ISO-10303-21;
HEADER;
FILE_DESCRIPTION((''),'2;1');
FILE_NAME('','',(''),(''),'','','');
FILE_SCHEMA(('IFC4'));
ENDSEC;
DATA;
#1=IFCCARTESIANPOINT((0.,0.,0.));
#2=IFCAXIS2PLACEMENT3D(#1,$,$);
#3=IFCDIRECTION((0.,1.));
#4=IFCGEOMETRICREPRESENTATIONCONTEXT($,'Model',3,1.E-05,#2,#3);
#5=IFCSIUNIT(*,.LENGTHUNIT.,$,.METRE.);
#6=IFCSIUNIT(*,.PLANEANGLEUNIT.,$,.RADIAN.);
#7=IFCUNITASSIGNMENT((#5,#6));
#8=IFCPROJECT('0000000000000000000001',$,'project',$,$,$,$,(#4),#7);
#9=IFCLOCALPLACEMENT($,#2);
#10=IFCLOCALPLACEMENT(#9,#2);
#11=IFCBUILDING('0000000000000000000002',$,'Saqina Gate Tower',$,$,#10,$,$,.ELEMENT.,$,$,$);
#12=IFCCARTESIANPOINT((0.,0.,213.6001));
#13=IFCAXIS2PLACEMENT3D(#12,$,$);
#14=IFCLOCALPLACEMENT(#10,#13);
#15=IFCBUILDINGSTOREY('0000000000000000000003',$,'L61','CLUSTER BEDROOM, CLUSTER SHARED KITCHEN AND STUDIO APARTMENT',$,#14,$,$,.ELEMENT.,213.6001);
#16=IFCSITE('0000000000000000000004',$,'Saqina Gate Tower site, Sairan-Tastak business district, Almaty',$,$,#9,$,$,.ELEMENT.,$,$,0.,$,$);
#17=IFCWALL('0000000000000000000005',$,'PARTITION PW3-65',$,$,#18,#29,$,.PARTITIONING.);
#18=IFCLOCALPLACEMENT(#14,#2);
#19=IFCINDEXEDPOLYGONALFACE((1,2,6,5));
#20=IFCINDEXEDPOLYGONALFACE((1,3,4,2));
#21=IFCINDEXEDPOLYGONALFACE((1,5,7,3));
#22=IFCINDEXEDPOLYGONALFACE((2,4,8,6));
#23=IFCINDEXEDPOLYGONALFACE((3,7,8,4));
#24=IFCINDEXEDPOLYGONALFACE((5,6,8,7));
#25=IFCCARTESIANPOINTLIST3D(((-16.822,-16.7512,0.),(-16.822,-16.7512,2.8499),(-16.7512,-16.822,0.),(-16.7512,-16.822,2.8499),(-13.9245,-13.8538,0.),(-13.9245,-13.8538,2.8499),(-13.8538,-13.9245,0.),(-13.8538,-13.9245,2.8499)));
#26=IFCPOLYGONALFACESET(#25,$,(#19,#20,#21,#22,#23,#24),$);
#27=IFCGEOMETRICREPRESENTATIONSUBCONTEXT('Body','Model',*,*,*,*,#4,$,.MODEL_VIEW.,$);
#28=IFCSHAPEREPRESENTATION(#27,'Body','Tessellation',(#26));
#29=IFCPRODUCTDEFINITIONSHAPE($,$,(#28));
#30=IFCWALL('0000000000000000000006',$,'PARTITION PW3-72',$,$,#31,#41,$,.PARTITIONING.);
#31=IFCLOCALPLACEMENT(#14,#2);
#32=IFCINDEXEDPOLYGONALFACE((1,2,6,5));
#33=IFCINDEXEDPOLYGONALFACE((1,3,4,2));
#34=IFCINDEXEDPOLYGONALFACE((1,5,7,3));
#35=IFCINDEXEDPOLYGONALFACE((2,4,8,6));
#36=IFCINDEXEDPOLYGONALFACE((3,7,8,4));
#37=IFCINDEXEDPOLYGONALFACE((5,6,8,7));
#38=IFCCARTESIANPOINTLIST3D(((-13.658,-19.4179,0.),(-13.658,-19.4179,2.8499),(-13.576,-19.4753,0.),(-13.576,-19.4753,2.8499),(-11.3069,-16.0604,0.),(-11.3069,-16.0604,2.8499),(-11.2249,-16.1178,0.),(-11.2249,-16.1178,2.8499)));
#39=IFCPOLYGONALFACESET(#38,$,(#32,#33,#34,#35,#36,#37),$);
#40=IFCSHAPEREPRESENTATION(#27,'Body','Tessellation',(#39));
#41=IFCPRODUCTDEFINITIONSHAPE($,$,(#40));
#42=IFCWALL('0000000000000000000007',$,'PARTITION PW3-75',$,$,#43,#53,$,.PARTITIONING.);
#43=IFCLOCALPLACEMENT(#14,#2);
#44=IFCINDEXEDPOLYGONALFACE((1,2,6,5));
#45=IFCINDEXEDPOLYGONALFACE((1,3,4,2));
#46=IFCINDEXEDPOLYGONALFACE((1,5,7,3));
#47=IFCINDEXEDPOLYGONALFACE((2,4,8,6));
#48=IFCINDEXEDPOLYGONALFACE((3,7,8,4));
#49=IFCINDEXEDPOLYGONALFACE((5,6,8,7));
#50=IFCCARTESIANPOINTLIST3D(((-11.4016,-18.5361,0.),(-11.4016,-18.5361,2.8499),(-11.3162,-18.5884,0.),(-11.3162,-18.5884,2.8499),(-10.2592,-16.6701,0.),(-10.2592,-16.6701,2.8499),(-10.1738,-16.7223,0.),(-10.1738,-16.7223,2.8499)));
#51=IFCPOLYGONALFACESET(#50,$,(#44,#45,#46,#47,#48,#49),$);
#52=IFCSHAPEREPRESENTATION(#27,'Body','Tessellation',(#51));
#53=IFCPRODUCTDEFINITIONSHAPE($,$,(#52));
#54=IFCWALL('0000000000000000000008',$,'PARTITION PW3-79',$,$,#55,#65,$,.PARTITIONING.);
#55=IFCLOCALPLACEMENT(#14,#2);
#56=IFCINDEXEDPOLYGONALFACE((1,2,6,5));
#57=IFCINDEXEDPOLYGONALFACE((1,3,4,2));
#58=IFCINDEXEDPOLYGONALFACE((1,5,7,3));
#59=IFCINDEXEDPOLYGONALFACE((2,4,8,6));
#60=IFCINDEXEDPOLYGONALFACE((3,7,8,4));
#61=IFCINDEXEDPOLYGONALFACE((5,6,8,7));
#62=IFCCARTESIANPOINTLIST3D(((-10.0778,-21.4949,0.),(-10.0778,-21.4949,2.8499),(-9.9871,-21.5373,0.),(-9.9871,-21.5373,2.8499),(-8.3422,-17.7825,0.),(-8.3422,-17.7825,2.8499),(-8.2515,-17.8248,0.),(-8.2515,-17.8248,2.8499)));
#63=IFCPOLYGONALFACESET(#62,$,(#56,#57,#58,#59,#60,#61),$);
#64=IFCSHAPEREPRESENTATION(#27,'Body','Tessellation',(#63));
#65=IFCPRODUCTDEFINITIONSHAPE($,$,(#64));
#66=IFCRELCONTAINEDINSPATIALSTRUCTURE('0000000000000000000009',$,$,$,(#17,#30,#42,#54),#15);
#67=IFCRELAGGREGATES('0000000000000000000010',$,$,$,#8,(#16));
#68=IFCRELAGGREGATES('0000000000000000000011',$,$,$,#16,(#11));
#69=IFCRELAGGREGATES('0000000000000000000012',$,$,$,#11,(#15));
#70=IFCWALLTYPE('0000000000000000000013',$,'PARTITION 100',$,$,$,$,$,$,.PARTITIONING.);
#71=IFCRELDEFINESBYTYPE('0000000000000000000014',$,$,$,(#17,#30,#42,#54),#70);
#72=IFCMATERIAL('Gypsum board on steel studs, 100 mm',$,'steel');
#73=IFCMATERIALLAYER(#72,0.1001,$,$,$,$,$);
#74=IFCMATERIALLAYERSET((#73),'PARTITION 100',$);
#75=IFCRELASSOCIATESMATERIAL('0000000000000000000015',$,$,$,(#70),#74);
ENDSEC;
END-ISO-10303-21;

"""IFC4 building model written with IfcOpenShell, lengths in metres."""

from ifc_helpers import new_model, si_unit, direction, frame, frame_2d, origin, place, context, subcontext, project, spatial, rectangle, extrude, material, layer, layer_set, type_object, element, save


model = new_model("IFC4")

# Units and contexts
model_context = context("Model", 3, precision=1e-05, world=origin(), true_north=direction((0.0, 1.0)))
body_context = subcontext(model_context, "Body", "Model", "MODEL_VIEW")
ifc_project = project(units=[si_unit("LENGTHUNIT", "METRE"), si_unit("PLANEANGLEUNIT", "RADIAN")], contexts=[model_context])

# Site, building, storey
site_placement = place(None, origin())
site = spatial("IfcSite", under=ifc_project, at=site_placement, Name="Saqina Gate Tower site, Sairan-Tastak business district, Almaty", CompositionType="ELEMENT", RefElevation=0.0)
building_placement = place(site_placement, origin())
building = spatial("IfcBuilding", under=site, at=building_placement, Name="Saqina Gate Tower", CompositionType="ELEMENT")
storey_placement = place(building_placement, frame((0.0, 0.0, 213.6001)))
storey = spatial("IfcBuildingStorey", under=building, at=storey_placement, Name="L61", Description="CLUSTER BEDROOM, CLUSTER SHARED KITCHEN AND STUDIO APARTMENT", CompositionType="ELEMENT", Elevation=213.6001)

# Shared definitions
ifc_material_1 = material(Name="Gypsum board on steel studs, 100 mm", Category="steel")
ifc_layer_1 = layer(ifc_material_1, 0.1001)
ifc_layer_set_1 = layer_set([ifc_layer_1], Name="PARTITION 100")
wall_type_1 = type_object("IfcWallType", Name="PARTITION 100", PredefinedType="PARTITIONING", material=ifc_layer_set_1)

# Walls
wall_1_placement = place(storey_placement, frame((-16.7866, -16.7866, 0.0), z_axis=(0.0, 0.0, 1.0), x_axis=(0.707107, 0.707107, 0.0)))
element("IfcWall", 1, at=wall_1_placement, inside=storey, type_object=wall_type_1, Name="PARTITION PW3-65", PredefinedType="PARTITIONING", context=body_context, shape_type="SweptSolid", body=[
    extrude(rectangle(XDim=4.0977, YDim=0.1001, at=frame_2d((2.0488, 0.0))), origin(), (0.0, 0.0, 1.0), 2.8499),
])
wall_2_placement = place(storey_placement, frame((-13.6169, -19.4465, 0.0), z_axis=(0.0, 0.0, 1.0), x_axis=(0.573606, 0.819131, 0.0)))
element("IfcWall", 2, at=wall_2_placement, inside=storey, type_object=wall_type_1, Name="PARTITION PW3-72", PredefinedType="PARTITIONING", context=body_context, shape_type="SweptSolid", body=[
    extrude(rectangle(XDim=4.0989, YDim=0.1001, at=frame_2d((2.0493, 0.0))), origin(), (0.0, 0.0, 1.0), 2.8499),
])
wall_3_placement = place(storey_placement, frame((-11.3589, -18.5623, 0.0), z_axis=(0.0, 0.0, 1.0), x_axis=(0.522122, 0.852871, 0.0)))
element("IfcWall", 3, at=wall_3_placement, inside=storey, type_object=wall_type_1, Name="PARTITION PW3-75", PredefinedType="PARTITIONING", context=body_context, shape_type="SweptSolid", body=[
    extrude(rectangle(XDim=2.188, YDim=0.1001, at=frame_2d((1.094, 0.0))), origin(), (0.0, 0.0, 1.0), 2.8499),
])
wall_4_placement = place(storey_placement, frame((-10.0325, -21.5161, 0.0), z_axis=(0.0, 0.0, 1.0), x_axis=(0.423515, 0.905889, 0.0)))
element("IfcWall", 4, at=wall_4_placement, inside=storey, type_object=wall_type_1, Name="PARTITION PW3-79", PredefinedType="PARTITIONING", context=body_context, shape_type="SweptSolid", body=[
    extrude(rectangle(XDim=4.0981, YDim=0.1001, at=frame_2d((2.0491, 0.0))), origin(), (0.0, 0.0, 1.0), 2.8499),
])

save(model, "model.ifc")
